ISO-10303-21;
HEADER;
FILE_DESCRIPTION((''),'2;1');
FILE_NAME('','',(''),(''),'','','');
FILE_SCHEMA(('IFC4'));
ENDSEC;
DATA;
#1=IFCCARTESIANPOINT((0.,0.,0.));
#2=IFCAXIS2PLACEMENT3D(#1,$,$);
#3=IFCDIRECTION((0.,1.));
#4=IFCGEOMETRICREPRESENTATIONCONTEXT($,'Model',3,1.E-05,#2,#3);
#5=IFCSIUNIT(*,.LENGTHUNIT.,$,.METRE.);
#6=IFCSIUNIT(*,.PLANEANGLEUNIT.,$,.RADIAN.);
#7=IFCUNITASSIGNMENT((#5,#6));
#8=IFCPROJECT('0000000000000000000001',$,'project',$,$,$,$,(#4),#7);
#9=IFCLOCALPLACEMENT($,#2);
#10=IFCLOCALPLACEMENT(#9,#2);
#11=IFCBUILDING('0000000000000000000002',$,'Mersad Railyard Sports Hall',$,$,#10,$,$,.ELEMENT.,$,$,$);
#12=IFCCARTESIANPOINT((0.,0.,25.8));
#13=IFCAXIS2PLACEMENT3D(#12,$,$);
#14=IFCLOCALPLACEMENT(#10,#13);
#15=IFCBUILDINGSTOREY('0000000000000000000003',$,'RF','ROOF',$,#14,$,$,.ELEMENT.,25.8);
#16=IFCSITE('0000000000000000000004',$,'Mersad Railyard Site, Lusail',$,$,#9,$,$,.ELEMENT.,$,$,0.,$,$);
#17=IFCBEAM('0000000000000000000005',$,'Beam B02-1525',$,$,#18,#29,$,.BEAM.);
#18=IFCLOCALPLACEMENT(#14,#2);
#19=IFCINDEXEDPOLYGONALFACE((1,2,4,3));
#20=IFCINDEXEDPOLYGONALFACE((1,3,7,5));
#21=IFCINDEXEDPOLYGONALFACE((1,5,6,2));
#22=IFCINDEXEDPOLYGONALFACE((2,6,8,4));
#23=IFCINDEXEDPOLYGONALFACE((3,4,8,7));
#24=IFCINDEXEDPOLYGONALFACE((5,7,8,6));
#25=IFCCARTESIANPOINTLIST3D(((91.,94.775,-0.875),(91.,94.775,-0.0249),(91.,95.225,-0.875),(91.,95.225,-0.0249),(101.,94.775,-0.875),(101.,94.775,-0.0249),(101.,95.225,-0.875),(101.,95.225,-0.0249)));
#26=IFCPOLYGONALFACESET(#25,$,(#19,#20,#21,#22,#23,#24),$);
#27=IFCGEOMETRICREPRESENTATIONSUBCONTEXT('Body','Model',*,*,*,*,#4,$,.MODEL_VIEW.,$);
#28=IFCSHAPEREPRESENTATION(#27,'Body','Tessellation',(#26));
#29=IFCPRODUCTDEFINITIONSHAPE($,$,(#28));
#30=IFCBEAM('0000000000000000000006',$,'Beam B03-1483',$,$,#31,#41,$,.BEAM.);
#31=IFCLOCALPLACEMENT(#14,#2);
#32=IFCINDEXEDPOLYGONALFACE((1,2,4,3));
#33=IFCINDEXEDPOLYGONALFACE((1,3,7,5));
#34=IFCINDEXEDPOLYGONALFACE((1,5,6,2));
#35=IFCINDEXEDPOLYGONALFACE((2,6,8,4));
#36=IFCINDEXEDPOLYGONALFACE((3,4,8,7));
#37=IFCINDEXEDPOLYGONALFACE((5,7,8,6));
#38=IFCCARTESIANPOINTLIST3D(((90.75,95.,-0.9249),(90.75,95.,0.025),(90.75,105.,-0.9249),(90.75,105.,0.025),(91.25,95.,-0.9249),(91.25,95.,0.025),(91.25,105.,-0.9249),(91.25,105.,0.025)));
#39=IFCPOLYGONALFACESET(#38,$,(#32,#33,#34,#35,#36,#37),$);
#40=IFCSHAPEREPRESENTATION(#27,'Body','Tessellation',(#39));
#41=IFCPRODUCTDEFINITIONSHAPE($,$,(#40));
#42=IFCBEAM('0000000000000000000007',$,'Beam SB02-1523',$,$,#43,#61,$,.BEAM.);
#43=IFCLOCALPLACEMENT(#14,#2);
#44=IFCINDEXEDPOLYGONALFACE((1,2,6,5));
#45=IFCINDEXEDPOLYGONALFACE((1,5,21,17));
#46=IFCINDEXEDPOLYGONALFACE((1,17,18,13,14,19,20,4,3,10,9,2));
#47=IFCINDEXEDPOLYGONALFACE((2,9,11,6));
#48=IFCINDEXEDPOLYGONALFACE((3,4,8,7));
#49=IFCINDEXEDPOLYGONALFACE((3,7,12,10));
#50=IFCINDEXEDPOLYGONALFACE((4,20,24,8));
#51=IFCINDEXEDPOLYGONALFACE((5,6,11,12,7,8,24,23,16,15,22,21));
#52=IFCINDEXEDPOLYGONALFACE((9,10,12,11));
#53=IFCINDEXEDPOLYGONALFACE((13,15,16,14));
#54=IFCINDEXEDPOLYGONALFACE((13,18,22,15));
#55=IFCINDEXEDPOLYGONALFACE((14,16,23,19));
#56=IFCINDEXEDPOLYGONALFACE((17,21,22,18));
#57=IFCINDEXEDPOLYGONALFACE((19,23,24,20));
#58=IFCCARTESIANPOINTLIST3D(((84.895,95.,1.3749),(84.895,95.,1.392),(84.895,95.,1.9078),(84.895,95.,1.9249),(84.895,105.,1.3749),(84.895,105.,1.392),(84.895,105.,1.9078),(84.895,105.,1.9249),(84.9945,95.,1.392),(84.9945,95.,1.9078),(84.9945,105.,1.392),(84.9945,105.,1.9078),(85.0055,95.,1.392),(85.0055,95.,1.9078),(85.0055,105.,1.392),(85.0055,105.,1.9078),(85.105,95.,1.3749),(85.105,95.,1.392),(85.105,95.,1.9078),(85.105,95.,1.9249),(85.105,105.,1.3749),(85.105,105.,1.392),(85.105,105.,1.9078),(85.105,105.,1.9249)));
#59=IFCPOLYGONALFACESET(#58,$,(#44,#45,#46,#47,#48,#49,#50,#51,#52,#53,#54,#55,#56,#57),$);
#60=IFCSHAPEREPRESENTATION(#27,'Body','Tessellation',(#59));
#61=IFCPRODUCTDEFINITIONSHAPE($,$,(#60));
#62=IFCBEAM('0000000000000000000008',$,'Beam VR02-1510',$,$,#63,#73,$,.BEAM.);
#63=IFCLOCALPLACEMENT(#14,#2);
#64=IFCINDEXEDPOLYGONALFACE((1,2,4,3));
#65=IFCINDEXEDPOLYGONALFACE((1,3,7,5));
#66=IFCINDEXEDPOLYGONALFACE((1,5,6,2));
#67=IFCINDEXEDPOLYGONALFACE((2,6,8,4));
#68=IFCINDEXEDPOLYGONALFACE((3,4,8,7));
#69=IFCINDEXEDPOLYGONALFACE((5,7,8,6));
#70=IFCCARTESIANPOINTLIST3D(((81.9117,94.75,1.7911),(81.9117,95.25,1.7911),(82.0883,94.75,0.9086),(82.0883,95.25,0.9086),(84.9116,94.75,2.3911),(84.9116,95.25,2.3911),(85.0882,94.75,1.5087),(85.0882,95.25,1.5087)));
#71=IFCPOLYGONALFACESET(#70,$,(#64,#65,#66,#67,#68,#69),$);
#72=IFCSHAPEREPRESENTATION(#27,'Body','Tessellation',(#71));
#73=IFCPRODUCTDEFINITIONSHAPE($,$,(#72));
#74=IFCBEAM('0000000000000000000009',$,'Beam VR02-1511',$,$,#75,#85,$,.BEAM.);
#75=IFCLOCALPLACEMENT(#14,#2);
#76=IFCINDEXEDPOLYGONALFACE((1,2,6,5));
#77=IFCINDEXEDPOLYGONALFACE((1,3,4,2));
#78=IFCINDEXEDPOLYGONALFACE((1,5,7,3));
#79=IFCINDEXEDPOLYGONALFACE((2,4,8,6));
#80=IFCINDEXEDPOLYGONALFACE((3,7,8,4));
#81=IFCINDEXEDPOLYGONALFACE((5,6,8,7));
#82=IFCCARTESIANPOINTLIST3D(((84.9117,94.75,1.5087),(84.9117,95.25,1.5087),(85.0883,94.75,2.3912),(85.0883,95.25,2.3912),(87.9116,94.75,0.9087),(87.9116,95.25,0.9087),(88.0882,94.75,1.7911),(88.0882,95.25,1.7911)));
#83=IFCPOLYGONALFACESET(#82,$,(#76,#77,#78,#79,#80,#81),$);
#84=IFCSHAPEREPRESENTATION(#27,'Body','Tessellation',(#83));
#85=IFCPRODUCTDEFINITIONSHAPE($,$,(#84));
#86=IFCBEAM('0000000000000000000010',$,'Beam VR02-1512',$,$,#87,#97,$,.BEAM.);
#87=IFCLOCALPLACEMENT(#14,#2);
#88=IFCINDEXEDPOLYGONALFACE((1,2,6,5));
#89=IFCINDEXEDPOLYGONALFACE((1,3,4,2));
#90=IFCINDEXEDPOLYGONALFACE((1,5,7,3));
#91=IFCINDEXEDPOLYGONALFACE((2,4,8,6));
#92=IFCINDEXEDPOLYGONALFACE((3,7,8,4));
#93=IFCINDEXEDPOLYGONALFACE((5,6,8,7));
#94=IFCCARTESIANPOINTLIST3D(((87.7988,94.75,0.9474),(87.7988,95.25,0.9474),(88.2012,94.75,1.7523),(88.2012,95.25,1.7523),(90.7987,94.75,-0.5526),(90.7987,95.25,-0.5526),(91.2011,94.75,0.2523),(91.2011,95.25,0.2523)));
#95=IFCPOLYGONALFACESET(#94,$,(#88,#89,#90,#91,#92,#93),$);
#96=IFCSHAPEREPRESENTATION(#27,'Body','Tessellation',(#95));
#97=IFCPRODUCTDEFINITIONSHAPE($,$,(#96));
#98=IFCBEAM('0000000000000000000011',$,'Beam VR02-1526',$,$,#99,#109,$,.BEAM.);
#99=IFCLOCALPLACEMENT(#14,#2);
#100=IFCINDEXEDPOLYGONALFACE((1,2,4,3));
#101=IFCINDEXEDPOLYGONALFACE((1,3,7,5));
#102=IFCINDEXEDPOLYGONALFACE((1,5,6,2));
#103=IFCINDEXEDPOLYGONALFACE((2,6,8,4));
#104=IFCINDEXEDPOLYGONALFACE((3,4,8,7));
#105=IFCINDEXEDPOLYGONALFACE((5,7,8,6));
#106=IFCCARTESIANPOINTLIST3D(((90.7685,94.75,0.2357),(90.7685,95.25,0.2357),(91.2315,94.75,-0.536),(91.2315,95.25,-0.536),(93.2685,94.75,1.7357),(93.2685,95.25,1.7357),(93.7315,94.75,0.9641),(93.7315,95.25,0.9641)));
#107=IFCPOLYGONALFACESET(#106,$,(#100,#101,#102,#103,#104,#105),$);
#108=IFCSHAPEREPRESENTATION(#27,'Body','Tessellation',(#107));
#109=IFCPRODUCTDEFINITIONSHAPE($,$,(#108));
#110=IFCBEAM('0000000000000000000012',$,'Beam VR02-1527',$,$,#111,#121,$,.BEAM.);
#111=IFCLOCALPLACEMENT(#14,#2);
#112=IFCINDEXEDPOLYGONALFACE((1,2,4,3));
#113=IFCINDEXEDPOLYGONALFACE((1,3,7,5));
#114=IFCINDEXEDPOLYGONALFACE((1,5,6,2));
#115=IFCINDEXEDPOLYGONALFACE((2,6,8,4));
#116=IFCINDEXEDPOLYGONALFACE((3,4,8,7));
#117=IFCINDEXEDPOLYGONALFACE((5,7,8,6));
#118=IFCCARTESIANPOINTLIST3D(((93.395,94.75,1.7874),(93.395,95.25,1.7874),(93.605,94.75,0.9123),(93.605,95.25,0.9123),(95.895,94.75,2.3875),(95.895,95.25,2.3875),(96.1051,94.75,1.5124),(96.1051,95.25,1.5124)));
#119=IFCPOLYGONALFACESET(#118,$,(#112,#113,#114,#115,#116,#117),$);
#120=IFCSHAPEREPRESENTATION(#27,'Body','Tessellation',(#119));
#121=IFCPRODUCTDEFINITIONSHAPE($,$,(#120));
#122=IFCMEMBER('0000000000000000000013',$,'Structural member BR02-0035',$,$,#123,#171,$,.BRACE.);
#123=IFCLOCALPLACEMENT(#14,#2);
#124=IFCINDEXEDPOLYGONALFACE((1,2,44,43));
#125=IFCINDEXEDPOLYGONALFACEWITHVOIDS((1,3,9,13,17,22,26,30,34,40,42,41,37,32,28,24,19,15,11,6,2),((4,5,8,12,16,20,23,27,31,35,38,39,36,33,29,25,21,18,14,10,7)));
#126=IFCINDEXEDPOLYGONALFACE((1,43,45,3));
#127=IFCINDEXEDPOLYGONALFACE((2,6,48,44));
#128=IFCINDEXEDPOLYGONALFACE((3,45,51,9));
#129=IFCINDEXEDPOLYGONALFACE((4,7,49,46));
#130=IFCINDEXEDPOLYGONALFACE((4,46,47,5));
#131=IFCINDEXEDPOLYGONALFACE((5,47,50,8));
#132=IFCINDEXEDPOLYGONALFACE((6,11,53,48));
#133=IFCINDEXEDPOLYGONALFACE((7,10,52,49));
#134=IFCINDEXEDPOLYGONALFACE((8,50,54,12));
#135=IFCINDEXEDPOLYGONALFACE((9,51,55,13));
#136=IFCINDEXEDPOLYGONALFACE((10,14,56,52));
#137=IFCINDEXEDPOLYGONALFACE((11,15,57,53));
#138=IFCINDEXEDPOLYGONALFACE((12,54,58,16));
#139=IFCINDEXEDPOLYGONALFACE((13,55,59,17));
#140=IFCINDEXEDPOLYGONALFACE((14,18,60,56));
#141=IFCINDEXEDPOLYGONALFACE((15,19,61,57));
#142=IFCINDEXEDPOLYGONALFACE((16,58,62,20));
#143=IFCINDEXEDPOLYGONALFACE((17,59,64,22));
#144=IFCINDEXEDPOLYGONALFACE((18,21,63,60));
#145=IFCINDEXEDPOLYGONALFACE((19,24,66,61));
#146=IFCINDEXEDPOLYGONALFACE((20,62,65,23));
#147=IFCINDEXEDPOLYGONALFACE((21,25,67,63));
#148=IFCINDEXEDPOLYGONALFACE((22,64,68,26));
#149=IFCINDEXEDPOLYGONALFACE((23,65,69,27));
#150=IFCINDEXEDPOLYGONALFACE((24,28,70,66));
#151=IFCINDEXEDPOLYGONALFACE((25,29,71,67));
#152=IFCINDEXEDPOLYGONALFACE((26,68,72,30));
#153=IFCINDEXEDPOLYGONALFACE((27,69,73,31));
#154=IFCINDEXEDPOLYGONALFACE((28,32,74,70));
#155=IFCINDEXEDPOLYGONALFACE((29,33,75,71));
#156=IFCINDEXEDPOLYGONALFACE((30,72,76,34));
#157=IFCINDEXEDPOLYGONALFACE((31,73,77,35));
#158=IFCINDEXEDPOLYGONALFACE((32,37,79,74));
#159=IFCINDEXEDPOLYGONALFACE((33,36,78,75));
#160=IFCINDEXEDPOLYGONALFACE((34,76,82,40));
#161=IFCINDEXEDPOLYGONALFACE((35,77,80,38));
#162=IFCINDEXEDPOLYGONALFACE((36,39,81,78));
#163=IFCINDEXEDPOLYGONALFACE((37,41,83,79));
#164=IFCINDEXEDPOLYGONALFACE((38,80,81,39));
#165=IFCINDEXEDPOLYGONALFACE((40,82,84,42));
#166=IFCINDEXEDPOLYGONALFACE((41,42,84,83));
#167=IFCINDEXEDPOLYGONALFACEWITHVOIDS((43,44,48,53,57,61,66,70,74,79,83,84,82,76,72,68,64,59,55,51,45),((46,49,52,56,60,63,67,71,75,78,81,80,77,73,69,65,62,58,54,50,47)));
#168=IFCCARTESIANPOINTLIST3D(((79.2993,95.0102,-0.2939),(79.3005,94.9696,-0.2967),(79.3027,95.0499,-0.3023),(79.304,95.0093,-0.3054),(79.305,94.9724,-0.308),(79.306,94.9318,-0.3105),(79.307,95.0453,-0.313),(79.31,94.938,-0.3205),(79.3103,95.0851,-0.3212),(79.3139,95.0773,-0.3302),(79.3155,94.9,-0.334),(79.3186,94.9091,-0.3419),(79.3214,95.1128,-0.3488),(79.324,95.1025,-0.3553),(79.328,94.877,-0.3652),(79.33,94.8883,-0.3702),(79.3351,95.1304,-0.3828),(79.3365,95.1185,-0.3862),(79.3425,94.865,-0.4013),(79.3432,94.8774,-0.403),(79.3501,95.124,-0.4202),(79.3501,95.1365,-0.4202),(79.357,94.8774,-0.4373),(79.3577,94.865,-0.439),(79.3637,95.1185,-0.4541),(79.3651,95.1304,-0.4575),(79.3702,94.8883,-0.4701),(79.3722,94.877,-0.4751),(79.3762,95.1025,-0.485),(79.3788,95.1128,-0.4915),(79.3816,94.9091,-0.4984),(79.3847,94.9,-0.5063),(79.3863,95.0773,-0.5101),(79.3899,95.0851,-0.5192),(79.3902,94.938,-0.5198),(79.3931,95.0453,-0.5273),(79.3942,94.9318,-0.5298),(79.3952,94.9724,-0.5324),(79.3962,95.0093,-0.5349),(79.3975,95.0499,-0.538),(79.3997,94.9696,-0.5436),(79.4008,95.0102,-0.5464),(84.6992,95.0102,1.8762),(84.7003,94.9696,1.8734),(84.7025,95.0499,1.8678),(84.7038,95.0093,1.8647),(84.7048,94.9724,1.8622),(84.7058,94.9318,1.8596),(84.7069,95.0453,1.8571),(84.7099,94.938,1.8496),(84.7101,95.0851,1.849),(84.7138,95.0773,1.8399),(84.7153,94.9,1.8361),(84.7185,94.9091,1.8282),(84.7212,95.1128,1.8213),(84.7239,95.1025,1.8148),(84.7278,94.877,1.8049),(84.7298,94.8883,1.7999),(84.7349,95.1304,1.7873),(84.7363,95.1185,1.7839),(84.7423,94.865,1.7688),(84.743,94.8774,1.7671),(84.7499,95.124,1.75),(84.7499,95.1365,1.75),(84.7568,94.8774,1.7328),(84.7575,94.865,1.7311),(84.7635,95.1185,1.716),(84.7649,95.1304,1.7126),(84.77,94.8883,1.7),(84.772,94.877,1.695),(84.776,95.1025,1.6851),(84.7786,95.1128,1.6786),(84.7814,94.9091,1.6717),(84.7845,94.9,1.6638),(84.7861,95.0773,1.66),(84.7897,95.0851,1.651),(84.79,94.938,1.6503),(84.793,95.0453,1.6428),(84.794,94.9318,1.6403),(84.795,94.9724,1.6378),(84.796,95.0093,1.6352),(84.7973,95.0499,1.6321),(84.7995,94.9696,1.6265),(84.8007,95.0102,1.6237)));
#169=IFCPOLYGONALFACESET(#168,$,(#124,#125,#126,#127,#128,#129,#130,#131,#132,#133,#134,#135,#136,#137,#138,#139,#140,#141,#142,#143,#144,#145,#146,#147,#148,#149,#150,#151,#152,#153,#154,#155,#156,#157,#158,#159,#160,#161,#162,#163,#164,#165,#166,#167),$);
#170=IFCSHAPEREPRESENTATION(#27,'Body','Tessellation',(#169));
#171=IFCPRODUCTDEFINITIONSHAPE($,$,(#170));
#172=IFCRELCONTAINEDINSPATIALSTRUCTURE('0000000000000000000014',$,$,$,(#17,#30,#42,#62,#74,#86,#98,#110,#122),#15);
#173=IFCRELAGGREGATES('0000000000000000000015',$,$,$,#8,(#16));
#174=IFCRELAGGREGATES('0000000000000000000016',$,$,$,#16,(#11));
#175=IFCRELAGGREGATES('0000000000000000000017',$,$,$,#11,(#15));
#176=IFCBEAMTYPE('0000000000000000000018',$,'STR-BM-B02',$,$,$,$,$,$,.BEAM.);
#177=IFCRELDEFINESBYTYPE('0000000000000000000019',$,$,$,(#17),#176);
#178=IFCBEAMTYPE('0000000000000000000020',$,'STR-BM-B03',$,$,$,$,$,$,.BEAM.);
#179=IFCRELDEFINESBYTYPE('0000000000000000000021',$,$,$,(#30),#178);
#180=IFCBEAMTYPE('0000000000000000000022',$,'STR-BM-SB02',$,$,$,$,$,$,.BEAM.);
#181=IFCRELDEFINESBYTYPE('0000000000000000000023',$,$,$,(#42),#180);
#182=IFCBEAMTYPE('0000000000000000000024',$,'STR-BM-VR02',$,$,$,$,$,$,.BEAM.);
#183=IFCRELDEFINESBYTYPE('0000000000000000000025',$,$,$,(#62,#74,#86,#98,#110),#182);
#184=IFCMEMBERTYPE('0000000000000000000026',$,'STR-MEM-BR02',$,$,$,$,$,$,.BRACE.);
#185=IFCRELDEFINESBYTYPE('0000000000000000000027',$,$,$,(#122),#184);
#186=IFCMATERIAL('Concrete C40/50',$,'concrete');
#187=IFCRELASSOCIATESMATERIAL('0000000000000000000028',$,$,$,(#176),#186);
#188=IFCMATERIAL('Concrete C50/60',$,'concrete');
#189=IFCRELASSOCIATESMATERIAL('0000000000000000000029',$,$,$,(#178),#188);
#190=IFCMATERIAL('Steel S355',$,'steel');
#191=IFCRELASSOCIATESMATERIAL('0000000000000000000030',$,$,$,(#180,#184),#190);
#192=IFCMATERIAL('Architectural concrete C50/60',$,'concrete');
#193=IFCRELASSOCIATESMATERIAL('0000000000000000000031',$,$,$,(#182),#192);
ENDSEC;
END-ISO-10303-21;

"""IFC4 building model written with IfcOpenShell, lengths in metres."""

from ifc_helpers import new_model, si_unit, direction, frame, origin, origin_2d, place, context, subcontext, project, spatial, rectangle, hollow_circle, i_section, extrude, material, material_profile, profile_set, type_object, element, save


model = new_model("IFC4")

# Units and contexts
model_context = context("Model", 3, precision=1e-05, world=origin(), true_north=direction((0.0, 1.0)))
body_context = subcontext(model_context, "Body", "Model", "MODEL_VIEW")
ifc_project = project(units=[si_unit("LENGTHUNIT", "METRE"), si_unit("PLANEANGLEUNIT", "RADIAN")], contexts=[model_context])

# Site, building, storey
site_placement = place(None, origin())
site = spatial("IfcSite", under=ifc_project, at=site_placement, Name="Mersad Railyard Site, Lusail", CompositionType="ELEMENT", RefElevation=0.0)
building_placement = place(site_placement, origin())
building = spatial("IfcBuilding", under=site, at=building_placement, Name="Mersad Railyard Sports Hall", CompositionType="ELEMENT")
storey_placement = place(building_placement, frame((0.0, 0.0, 25.8)))
storey = spatial("IfcBuildingStorey", under=building, at=storey_placement, Name="RF", Description="ROOF", CompositionType="ELEMENT", Elevation=25.8)

# Beams
ifc_material_1 = material(Name="Concrete C40/50", Category="concrete")
ifc_material_profile_1 = material_profile(ifc_material_1, rectangle(XDim=0.45, YDim=0.8501, at=origin_2d()), Name="RC 450x850")
ifc_profile_set_1 = profile_set([ifc_material_profile_1], Name="Concrete C40/50")
beam_type_1 = type_object("IfcBeamType", Name="STR-BM-B02", PredefinedType="BEAM", material=ifc_profile_set_1)
beam_1_placement = place(storey_placement, frame((91.0, 95.0, -0.45), z_axis=(1.0, 0.0, 0.0), x_axis=(0.0, 1.0, 0.0)))
element("IfcBeam", 1, at=beam_1_placement, inside=storey, type_object=beam_type_1, Name="Beam B02-1525", PredefinedType="BEAM", context=body_context, shape_type="SweptSolid", body=[
    extrude(rectangle(XDim=0.45, YDim=0.8501, at=origin_2d()), origin(), (0.0, 0.0, 1.0), 10.0),
])
ifc_material_2 = material(Name="Concrete C50/60", Category="concrete")
ifc_material_profile_2 = material_profile(ifc_material_2, rectangle(XDim=0.5, YDim=0.95, at=origin_2d()), Name="RC 500x950")
ifc_profile_set_2 = profile_set([ifc_material_profile_2], Name="Concrete C50/60")
beam_type_2 = type_object("IfcBeamType", Name="STR-BM-B03", PredefinedType="BEAM", material=ifc_profile_set_2)
beam_2_placement = place(storey_placement, frame((91.0, 95.0, -0.45), z_axis=(0.0, 1.0, 0.0), x_axis=(-1.0, 0.0, 0.0)))
element("IfcBeam", 2, at=beam_2_placement, inside=storey, type_object=beam_type_2, Name="Beam B03-1483", PredefinedType="BEAM", context=body_context, shape_type="SweptSolid", body=[
    extrude(rectangle(XDim=0.5, YDim=0.95, at=origin_2d()), origin(), (0.0, 0.0, 1.0), 10.0),
])
ifc_material_3 = material(Name="Steel S355", Category="steel")
ifc_material_profile_3 = material_profile(ifc_material_3, i_section(OverallWidth=0.21, OverallDepth=0.55, WebThickness=0.011, FlangeThickness=0.0171, at=origin_2d()), Name="IPE 550")
ifc_profile_set_3 = profile_set([ifc_material_profile_3], Name="Steel S355")
beam_type_3 = type_object("IfcBeamType", Name="STR-BM-SB02", PredefinedType="BEAM", material=ifc_profile_set_3)
beam_3_placement = place(storey_placement, frame((85.0, 95.0, 1.6499), z_axis=(0.0, 1.0, 0.0), x_axis=(-1.0, 0.0, 0.0)))
element("IfcBeam", 3, at=beam_3_placement, inside=storey, type_object=beam_type_3, Name="Beam SB02-1523", PredefinedType="BEAM", context=body_context, shape_type="SweptSolid", body=[
    extrude(i_section(OverallWidth=0.21, OverallDepth=0.55, WebThickness=0.011, FlangeThickness=0.0171, at=origin_2d()), origin(), (0.0, 0.0, 1.0), 10.0),
])
ifc_material_4 = material(Name="Architectural concrete C50/60", Category="concrete")
ifc_material_profile_4 = material_profile(ifc_material_4, rectangle(XDim=0.5, YDim=0.8999, at=origin_2d()), Name="VR 500x900")
ifc_profile_set_4 = profile_set([ifc_material_profile_4], Name="Architectural concrete C50/60")
beam_type_4 = type_object("IfcBeamType", Name="STR-BM-VR02", PredefinedType="BEAM", material=ifc_profile_set_4)
for number, where, z_axis, x_axis, name in (
    (4, (82.0, 95.0, 1.3499), (0.980575, 0.0, 0.196147), (0.0, 1.0, 0.0), "Beam VR02-1510"),
    (5, (85.0, 95.0, 1.95), (0.980575, 0.0, -0.196147), (0.0, 1.0, 0.0), "Beam VR02-1511"),
):
    element("IfcBeam", number, at=place(storey_placement, frame(where, z_axis=z_axis, x_axis=x_axis)), inside=storey, type_object=beam_type_4, Name=name, PredefinedType="BEAM", context=body_context, shape_type="SweptSolid", body=[
        extrude(rectangle(XDim=0.5, YDim=0.8999, at=origin_2d()), origin(), (0.0, 0.0, 1.0), 3.0593),
    ])
beam_4_placement = place(storey_placement, frame((88.0, 95.0, 1.3499), z_axis=(0.894427, 0.0, -0.447214), x_axis=(0.0, 1.0, 0.0)))
element("IfcBeam", 6, at=beam_4_placement, inside=storey, type_object=beam_type_4, Name="Beam VR02-1512", PredefinedType="BEAM", context=body_context, shape_type="SweptSolid", body=[
    extrude(rectangle(XDim=0.5, YDim=0.8999, at=origin_2d()), origin(), (0.0, 0.0, 1.0), 3.354),
])
beam_5_placement = place(storey_placement, frame((91.0, 95.0, -0.1501), z_axis=(0.857493, 0.0, 0.514496), x_axis=(0.0, 1.0, 0.0)))
element("IfcBeam", 7, at=beam_5_placement, inside=storey, type_object=beam_type_4, Name="Beam VR02-1526", PredefinedType="BEAM", context=body_context, shape_type="SweptSolid", body=[
    extrude(rectangle(XDim=0.5, YDim=0.8999, at=origin_2d()), origin(), (0.0, 0.0, 1.0), 2.9155),
])
beam_6_placement = place(storey_placement, frame((93.5, 95.0, 1.3499), z_axis=(0.972379, 0.0, 0.233409), x_axis=(0.0, 1.0, 0.0)))
element("IfcBeam", 8, at=beam_6_placement, inside=storey, type_object=beam_type_4, Name="Beam VR02-1527", PredefinedType="BEAM", context=body_context, shape_type="SweptSolid", body=[
    extrude(rectangle(XDim=0.5, YDim=0.8999, at=origin_2d()), origin(), (0.0, 0.0, 1.0), 2.571),
])

# Member
ifc_material_profile_5 = material_profile(ifc_material_3, hollow_circle(Radius=0.1365, WallThickness=0.0125, at=origin_2d()), Name="CHS 273x12.5")
ifc_profile_set_5 = profile_set([ifc_material_profile_5], Name="Steel S355")
member_type_1 = type_object("IfcMemberType", Name="STR-MEM-BR02", PredefinedType="BRACE", material=ifc_profile_set_5)
for number, where, z_axis, x_axis, name in (
    (9, (79.3501, 95.0, -0.4202), (0.927871, 0.0, 0.372902), (0.0, 1.0, 0.0), "Structural member BR02-0035"),
):
    element("IfcMember", number, at=place(storey_placement, frame(where, z_axis=z_axis, x_axis=x_axis)), inside=storey, type_object=member_type_1, Name=name, PredefinedType="BRACE", context=body_context, shape_type="SweptSolid", body=[
        extrude(hollow_circle(Radius=0.1365, WallThickness=0.0125, at=origin_2d()), origin(), (0.0, 0.0, 1.0), 5.8196),
    ])

save(model, "model.ifc")
